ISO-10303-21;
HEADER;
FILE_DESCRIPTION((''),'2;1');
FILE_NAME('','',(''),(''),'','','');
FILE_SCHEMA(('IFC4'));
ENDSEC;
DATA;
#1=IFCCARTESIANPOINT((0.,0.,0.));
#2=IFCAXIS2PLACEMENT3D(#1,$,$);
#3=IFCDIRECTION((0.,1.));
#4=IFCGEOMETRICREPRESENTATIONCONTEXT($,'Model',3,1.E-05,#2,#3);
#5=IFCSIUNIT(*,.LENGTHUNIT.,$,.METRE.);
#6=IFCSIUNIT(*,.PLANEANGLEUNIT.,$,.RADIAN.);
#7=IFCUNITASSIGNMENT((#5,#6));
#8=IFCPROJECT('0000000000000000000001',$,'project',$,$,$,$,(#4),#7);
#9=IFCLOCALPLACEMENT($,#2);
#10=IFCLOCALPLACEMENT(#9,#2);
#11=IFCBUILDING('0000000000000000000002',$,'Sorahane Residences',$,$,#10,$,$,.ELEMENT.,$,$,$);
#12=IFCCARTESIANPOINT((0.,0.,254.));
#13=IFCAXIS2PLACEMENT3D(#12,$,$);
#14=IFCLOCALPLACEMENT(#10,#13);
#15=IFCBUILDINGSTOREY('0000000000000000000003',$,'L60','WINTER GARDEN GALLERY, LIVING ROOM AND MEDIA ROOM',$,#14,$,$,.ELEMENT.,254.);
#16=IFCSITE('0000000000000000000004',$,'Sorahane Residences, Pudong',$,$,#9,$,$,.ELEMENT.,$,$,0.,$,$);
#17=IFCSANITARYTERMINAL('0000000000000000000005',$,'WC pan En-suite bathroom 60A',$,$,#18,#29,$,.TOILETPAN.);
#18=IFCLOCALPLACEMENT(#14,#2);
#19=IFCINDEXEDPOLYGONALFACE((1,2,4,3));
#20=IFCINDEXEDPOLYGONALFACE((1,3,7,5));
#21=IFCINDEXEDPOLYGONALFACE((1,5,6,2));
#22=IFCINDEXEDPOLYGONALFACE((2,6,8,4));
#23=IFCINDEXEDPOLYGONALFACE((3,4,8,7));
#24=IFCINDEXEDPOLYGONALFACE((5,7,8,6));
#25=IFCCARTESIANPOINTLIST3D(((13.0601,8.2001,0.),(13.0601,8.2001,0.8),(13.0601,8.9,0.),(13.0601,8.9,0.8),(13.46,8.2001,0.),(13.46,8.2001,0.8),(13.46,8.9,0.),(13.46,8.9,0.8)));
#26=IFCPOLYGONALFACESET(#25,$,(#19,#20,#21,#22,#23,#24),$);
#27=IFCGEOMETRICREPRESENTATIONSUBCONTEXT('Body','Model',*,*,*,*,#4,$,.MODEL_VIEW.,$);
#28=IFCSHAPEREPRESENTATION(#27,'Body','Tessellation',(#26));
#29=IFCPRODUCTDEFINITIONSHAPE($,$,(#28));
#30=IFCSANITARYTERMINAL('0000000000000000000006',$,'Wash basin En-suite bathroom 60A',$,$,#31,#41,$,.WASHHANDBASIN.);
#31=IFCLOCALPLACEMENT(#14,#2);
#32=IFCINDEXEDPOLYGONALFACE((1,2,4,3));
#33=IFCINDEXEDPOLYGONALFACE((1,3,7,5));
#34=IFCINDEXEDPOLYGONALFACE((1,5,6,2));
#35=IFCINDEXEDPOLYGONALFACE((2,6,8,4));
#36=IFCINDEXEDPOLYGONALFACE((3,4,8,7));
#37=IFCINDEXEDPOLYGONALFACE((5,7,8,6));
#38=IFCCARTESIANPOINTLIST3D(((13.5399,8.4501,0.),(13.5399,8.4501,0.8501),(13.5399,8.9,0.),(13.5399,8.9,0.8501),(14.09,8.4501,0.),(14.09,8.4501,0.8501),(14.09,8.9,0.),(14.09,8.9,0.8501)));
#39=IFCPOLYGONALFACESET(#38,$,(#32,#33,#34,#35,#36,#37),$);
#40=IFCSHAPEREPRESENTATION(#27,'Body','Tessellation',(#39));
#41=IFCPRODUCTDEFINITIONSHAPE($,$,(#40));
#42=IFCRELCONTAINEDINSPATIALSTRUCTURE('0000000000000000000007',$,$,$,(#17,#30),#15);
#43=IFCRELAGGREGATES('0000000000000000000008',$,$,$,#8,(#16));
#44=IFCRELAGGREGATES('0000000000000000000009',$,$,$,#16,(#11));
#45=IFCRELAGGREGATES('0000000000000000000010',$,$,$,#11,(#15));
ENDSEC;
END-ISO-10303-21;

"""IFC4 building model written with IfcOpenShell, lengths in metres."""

from ifc_helpers import new_model, si_unit, direction, frame, origin, origin_2d, place, context, subcontext, project, spatial, rectangle, extrude, element, save


model = new_model("IFC4")

# Units and contexts
model_context = context("Model", 3, precision=1e-05, world=origin(), true_north=direction((0.0, 1.0)))
body_context = subcontext(model_context, "Body", "Model", "MODEL_VIEW")
ifc_project = project(units=[si_unit("LENGTHUNIT", "METRE"), si_unit("PLANEANGLEUNIT", "RADIAN")], contexts=[model_context])

# Site, building, storey
site_placement = place(None, origin())
site = spatial("IfcSite", under=ifc_project, at=site_placement, Name="Sorahane Residences, Pudong", CompositionType="ELEMENT", RefElevation=0.0)
building_placement = place(site_placement, origin())
building = spatial("IfcBuilding", under=site, at=building_placement, Name="Sorahane Residences", CompositionType="ELEMENT")
storey_placement = place(building_placement, frame((0.0, 0.0, 254.0)))
storey = spatial("IfcBuildingStorey", under=building, at=storey_placement, Name="L60", Description="WINTER GARDEN GALLERY, LIVING ROOM AND MEDIA ROOM", CompositionType="ELEMENT", Elevation=254.0)

# Sanitary terminals
sanitary_terminal_1_placement = place(storey_placement, frame((13.26, 8.55, 0.0), z_axis=(0.0, 0.0, 1.0), x_axis=(1.0, 0.0, 0.0)))
element("IfcSanitaryTerminal", 1, at=sanitary_terminal_1_placement, inside=storey, Name="WC pan En-suite bathroom 60A", PredefinedType="TOILETPAN", context=body_context, shape_type="SweptSolid", body=[
    extrude(rectangle(XDim=0.3999, YDim=0.7, at=origin_2d()), origin(), (0.0, 0.0, 1.0), 0.8),
])
sanitary_terminal_2_placement = place(storey_placement, frame((13.8149, 8.675, 0.0), z_axis=(0.0, 0.0, 1.0), x_axis=(1.0, 0.0, 0.0)))
element("IfcSanitaryTerminal", 2, at=sanitary_terminal_2_placement, inside=storey, Name="Wash basin En-suite bathroom 60A", PredefinedType="WASHHANDBASIN", context=body_context, shape_type="SweptSolid", body=[
    extrude(rectangle(XDim=0.55, YDim=0.45, at=origin_2d()), origin(), (0.0, 0.0, 1.0), 0.8501),
])

save(model, "model.ifc")
